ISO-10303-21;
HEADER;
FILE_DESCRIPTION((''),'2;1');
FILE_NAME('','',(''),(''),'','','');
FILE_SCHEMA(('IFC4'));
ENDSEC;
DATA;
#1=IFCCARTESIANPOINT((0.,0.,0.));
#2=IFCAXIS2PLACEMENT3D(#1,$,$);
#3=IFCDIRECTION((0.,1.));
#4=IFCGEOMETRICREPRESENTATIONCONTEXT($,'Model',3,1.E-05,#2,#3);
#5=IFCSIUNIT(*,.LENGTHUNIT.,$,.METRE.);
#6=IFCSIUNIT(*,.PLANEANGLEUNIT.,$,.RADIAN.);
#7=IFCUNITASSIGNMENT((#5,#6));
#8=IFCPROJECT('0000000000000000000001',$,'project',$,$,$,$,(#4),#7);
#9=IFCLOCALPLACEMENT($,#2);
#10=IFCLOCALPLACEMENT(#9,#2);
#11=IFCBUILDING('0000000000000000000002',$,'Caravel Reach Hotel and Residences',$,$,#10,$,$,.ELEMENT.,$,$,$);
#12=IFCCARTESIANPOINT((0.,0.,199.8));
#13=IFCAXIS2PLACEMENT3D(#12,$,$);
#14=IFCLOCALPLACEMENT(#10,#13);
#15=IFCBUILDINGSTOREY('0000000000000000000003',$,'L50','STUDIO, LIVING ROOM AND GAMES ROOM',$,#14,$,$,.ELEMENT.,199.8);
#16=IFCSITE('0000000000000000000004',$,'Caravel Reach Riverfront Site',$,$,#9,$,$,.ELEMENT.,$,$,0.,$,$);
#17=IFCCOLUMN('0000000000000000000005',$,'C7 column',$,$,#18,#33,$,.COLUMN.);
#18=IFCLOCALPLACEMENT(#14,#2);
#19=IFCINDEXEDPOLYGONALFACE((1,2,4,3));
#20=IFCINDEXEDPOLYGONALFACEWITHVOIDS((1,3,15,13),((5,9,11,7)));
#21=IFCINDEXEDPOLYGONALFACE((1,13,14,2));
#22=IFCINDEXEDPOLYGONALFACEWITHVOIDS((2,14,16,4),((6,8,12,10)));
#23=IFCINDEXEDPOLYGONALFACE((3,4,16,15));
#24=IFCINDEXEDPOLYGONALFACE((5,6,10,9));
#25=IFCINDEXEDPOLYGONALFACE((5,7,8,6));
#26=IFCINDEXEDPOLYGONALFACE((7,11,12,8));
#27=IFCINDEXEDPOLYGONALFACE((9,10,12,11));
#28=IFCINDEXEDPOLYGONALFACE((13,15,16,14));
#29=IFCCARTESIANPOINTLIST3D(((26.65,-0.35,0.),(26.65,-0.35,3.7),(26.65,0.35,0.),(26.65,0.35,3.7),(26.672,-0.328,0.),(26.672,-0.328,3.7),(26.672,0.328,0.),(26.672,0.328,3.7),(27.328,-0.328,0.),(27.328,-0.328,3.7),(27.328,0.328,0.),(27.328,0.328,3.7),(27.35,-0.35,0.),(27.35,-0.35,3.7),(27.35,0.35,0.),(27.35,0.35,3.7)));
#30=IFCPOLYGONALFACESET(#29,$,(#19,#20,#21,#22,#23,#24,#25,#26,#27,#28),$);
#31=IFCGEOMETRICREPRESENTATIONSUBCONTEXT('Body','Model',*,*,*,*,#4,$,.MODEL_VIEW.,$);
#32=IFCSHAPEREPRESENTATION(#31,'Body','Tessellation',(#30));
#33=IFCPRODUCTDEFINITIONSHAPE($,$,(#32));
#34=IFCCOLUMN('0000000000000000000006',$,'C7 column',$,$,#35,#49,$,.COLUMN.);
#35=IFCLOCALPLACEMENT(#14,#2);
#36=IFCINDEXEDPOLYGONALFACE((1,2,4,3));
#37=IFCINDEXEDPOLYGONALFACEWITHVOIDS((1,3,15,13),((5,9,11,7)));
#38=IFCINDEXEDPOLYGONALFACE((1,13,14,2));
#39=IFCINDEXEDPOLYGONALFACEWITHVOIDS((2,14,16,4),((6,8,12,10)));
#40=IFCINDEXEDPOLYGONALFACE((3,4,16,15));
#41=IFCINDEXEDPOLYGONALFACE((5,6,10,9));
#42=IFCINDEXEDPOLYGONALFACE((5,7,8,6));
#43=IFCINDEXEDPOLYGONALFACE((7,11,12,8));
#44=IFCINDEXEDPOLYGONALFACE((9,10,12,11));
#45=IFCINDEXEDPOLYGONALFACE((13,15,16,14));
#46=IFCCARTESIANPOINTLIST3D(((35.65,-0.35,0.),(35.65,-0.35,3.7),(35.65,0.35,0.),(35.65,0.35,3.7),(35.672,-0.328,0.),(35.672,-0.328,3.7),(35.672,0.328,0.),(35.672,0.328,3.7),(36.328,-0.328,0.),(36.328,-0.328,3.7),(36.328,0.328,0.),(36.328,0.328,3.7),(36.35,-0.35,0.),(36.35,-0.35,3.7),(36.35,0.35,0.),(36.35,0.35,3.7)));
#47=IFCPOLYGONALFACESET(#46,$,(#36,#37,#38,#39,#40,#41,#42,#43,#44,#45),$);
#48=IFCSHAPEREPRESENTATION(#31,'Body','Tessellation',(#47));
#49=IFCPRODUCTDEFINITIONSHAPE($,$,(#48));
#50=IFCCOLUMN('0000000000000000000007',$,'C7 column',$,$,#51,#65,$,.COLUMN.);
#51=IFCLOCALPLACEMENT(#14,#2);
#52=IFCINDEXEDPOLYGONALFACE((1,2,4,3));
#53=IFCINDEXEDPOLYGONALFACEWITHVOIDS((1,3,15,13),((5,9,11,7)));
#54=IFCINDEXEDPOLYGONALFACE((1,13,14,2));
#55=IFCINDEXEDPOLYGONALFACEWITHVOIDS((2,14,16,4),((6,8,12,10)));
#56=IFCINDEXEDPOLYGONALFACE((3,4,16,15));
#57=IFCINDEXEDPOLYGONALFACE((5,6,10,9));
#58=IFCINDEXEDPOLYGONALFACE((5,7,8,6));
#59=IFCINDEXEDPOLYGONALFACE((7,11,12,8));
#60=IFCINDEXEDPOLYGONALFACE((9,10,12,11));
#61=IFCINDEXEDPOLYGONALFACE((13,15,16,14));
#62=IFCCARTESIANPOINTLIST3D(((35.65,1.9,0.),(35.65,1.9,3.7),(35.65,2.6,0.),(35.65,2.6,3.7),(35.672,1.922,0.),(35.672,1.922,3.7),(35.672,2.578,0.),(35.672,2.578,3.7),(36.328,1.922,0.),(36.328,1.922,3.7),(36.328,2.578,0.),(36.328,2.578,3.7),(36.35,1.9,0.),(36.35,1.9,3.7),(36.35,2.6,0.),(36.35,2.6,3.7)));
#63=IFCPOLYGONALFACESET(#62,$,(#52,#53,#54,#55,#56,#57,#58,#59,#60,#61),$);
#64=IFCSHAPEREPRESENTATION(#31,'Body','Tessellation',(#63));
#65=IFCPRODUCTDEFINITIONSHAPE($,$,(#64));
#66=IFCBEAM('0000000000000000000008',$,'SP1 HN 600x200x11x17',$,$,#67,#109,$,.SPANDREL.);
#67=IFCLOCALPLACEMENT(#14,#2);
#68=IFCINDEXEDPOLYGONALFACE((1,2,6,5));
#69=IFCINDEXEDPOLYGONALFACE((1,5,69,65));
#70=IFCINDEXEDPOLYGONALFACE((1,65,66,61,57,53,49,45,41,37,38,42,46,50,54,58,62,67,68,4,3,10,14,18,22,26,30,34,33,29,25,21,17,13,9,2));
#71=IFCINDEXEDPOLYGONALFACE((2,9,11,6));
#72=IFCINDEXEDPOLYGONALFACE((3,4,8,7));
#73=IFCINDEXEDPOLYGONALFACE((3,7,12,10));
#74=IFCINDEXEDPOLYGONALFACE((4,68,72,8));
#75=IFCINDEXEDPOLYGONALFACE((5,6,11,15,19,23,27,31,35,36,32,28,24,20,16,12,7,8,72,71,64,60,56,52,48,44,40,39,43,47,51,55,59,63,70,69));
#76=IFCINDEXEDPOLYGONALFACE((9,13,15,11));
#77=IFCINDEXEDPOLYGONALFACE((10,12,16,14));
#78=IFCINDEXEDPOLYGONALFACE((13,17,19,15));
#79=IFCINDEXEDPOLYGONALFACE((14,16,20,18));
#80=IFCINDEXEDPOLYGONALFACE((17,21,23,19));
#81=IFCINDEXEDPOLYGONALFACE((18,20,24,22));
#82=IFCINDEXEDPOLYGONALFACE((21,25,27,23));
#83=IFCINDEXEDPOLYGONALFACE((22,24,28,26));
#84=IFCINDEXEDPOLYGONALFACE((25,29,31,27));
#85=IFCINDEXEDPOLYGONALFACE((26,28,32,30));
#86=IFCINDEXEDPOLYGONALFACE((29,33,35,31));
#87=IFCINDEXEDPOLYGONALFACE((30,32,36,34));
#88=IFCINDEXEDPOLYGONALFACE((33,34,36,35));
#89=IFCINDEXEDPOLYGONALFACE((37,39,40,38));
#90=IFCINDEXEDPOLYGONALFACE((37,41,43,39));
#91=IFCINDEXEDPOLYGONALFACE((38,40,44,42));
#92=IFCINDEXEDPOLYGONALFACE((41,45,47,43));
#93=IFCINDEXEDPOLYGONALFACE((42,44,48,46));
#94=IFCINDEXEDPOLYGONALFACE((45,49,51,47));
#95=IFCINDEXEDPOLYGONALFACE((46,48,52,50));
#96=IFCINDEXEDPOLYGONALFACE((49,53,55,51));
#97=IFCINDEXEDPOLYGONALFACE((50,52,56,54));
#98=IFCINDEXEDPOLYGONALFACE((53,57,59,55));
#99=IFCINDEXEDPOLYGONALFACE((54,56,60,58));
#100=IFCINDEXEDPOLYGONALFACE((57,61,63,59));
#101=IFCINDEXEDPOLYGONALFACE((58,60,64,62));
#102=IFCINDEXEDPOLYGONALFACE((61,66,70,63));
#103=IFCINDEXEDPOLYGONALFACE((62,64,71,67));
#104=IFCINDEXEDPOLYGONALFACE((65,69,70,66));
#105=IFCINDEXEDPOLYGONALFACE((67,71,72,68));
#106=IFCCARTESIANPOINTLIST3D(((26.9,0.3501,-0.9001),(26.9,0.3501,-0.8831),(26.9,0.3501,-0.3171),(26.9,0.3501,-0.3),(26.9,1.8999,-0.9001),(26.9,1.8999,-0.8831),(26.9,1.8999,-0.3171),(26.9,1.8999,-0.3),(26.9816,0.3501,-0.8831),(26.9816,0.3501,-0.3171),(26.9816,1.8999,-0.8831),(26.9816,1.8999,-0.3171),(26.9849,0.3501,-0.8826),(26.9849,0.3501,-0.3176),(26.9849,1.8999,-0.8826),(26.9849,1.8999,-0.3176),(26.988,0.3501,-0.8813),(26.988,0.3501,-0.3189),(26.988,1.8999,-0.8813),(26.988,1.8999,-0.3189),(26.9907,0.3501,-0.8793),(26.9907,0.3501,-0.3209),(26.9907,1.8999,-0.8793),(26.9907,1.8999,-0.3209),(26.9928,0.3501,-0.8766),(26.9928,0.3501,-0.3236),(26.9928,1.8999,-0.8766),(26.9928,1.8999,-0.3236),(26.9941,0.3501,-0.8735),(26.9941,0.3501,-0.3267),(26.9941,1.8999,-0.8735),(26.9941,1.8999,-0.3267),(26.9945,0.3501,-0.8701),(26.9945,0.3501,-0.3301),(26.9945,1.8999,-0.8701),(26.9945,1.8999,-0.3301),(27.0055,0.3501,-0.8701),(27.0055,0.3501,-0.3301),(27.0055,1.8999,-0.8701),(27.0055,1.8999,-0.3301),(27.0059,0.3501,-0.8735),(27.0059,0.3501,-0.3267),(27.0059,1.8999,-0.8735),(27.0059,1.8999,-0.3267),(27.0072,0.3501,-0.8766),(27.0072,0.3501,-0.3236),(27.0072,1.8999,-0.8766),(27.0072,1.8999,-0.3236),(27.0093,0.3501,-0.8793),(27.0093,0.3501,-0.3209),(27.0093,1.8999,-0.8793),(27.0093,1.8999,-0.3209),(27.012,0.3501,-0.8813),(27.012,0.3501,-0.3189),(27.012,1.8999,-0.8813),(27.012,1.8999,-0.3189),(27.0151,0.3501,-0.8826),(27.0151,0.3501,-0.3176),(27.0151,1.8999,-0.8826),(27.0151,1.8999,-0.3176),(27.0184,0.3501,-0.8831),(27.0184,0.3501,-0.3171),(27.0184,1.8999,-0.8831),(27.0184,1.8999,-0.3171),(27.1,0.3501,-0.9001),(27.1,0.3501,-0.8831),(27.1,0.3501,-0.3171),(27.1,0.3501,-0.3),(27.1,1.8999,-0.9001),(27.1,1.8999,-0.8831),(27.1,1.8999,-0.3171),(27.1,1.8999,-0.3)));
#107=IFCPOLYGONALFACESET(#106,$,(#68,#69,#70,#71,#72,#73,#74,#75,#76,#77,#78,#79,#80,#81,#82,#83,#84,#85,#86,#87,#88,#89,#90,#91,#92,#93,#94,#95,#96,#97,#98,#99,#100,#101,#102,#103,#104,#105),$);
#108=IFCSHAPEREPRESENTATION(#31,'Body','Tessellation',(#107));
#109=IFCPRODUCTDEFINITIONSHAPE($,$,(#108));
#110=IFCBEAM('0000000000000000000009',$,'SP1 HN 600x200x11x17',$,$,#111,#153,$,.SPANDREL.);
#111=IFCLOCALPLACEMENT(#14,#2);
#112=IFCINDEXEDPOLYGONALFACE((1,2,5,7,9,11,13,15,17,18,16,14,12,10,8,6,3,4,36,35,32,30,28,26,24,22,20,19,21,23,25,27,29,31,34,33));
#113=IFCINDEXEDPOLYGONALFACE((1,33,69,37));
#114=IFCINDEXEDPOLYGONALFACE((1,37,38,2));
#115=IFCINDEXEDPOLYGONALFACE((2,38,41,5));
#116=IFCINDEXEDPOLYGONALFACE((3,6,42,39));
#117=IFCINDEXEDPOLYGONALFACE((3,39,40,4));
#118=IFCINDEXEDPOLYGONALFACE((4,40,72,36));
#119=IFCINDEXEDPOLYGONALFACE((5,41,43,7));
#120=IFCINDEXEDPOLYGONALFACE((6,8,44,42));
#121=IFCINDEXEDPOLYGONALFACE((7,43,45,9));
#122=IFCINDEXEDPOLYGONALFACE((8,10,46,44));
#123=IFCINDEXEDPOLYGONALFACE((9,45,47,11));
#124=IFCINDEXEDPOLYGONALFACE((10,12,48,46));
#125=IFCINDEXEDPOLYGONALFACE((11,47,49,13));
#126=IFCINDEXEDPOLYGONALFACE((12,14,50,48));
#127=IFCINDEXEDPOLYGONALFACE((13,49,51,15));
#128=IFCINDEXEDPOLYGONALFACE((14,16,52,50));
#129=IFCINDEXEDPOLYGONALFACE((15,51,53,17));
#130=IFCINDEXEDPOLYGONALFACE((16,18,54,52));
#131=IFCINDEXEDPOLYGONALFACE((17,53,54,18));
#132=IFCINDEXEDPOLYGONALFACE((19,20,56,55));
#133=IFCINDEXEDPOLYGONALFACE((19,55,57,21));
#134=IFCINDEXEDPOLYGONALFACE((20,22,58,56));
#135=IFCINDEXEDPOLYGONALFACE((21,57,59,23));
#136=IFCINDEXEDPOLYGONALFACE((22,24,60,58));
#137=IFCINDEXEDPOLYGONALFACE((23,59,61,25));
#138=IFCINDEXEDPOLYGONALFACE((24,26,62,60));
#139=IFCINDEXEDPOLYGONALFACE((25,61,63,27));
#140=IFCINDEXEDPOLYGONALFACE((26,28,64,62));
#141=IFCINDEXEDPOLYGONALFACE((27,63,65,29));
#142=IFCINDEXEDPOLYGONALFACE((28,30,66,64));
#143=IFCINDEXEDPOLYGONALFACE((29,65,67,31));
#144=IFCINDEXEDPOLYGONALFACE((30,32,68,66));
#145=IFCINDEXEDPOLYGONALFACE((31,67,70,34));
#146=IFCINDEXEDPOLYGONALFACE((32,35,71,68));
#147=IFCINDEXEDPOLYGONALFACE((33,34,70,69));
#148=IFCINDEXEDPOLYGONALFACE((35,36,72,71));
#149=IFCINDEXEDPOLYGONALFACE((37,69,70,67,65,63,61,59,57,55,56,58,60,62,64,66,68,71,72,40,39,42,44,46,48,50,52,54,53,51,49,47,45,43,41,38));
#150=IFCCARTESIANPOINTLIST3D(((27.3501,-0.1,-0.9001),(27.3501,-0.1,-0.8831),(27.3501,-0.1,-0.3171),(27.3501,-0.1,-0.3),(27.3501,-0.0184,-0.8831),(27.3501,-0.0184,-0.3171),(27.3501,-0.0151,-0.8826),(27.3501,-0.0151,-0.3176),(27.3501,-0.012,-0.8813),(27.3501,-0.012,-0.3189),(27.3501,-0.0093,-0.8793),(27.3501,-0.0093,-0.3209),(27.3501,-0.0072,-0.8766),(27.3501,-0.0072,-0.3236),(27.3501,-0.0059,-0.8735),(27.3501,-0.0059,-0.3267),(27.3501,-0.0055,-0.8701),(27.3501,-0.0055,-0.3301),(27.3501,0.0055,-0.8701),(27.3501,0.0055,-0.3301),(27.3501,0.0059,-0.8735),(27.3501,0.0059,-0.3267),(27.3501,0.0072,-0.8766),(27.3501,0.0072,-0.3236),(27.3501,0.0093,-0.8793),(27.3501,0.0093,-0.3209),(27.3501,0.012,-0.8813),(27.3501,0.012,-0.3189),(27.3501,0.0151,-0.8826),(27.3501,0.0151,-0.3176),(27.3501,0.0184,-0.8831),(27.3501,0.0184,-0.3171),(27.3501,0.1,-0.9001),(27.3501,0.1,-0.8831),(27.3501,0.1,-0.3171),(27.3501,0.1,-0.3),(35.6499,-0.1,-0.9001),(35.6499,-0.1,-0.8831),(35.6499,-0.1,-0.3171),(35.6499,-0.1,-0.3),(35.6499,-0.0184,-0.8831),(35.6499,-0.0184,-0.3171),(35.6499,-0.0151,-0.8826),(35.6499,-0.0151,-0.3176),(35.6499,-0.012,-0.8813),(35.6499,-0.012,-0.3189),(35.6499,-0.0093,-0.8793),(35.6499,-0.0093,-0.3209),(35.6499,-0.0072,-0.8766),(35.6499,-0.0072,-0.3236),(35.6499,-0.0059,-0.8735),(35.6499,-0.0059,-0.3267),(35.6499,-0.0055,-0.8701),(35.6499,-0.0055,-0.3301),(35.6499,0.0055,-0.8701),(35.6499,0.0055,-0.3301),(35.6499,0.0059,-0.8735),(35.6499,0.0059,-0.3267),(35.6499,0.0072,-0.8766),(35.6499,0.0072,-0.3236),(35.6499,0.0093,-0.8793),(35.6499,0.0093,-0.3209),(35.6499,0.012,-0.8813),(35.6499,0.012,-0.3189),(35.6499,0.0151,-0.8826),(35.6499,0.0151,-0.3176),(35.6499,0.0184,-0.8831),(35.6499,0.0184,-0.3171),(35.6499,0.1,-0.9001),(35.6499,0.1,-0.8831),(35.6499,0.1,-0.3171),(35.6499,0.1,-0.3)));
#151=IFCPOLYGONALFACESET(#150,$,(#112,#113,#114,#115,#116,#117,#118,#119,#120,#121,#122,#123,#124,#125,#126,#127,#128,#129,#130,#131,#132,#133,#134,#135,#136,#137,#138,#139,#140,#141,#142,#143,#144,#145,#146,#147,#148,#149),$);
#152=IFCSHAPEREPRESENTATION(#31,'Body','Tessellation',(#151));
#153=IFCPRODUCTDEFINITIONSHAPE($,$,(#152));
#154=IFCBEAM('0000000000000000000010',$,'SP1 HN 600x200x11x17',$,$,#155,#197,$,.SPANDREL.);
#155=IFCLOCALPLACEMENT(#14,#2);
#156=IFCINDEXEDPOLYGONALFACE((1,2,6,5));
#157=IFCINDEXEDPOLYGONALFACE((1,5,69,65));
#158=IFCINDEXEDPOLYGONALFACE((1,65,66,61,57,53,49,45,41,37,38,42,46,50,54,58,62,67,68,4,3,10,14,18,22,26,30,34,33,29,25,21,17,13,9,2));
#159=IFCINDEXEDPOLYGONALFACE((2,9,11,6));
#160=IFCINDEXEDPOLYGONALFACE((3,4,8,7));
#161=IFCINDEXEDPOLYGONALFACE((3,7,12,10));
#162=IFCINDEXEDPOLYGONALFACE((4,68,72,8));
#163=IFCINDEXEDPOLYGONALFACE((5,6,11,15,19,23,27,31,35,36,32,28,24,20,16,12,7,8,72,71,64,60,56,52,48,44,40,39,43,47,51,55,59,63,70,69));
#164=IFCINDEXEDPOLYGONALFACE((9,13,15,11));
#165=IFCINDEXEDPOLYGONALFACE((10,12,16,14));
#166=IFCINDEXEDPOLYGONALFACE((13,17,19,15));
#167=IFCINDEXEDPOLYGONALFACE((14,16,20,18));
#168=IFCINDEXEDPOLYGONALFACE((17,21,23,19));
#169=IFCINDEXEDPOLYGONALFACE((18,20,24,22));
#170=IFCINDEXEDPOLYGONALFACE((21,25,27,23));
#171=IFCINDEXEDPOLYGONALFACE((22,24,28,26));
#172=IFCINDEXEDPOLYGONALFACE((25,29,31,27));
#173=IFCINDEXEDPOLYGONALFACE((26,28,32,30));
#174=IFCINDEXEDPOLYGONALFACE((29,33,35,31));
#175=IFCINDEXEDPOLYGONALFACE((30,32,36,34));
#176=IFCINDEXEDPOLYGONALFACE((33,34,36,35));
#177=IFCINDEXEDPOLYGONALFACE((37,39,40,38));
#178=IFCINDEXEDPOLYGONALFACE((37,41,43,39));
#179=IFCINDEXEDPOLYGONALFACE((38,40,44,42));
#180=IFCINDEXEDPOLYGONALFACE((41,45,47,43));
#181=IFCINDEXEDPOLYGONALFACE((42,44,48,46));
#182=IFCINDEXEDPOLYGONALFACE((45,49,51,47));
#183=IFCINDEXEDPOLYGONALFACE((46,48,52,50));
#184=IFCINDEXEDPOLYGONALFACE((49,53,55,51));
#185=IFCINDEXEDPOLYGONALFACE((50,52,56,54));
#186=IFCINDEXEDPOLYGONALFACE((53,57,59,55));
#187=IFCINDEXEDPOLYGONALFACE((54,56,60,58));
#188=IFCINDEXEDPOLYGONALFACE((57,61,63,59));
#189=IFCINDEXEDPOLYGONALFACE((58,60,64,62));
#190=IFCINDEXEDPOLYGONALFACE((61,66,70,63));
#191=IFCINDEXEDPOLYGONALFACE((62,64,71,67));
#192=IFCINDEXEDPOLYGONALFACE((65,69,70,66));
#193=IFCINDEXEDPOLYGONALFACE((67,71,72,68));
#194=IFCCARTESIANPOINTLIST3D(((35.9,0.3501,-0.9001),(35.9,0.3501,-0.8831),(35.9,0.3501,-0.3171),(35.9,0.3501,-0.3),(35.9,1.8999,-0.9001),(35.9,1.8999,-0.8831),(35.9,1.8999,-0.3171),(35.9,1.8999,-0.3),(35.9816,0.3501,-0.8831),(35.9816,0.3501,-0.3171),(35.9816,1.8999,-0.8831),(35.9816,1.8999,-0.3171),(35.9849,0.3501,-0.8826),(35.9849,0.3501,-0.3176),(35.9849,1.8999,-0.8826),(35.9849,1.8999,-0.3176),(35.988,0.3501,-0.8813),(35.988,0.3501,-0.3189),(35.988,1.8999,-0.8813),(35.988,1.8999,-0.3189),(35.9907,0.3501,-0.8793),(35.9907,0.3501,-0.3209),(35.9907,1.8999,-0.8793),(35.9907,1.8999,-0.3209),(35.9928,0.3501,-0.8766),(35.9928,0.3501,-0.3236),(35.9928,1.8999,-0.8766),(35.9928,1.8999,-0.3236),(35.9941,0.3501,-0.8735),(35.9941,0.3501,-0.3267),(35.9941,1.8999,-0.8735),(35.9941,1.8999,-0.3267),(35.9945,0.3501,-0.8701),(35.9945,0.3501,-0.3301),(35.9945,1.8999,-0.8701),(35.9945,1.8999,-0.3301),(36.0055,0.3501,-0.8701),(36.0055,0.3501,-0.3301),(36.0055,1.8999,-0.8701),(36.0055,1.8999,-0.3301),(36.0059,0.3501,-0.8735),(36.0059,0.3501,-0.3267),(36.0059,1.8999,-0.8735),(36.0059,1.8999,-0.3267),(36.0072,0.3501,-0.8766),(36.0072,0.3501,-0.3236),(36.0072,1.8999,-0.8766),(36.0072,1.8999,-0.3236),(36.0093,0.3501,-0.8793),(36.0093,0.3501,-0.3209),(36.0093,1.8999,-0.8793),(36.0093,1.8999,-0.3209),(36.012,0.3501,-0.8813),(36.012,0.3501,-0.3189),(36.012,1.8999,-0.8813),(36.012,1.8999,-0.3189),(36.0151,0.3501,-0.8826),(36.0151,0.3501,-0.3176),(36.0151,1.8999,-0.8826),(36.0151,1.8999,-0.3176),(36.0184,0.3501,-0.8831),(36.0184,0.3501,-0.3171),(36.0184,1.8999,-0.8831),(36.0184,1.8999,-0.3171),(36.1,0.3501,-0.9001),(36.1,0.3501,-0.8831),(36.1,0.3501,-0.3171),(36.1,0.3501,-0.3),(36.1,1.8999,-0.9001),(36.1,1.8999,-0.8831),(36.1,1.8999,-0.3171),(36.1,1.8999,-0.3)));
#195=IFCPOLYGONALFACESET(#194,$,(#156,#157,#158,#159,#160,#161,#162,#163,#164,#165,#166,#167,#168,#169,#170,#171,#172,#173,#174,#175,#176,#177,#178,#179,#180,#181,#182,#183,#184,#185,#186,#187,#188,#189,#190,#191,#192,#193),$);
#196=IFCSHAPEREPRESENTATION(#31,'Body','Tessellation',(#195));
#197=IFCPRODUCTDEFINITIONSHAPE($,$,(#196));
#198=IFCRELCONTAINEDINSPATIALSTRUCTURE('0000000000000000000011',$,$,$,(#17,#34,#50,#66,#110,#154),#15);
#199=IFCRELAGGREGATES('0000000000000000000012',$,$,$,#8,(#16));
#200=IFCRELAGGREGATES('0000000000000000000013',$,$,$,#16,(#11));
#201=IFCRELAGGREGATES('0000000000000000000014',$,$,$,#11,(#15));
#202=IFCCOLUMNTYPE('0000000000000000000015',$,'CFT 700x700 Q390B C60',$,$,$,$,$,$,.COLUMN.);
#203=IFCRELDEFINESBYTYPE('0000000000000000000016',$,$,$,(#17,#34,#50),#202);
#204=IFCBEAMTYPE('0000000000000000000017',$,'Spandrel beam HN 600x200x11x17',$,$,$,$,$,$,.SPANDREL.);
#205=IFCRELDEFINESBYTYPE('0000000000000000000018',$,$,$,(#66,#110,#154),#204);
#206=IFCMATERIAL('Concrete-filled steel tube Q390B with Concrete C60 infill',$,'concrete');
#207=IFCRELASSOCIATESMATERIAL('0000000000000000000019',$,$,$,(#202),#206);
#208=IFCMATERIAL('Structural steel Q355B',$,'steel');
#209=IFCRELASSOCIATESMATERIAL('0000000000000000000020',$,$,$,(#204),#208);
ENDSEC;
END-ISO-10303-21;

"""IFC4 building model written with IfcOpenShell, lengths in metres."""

from ifc_helpers import new_model, si_unit, direction, frame, origin, origin_2d, place, context, subcontext, project, spatial, hollow_rectangle, i_section, extrude, material, material_profile, profile_set, type_object, element, save


model = new_model("IFC4")

# Units and contexts
model_context = context("Model", 3, precision=1e-05, world=origin(), true_north=direction((0.0, 1.0)))
body_context = subcontext(model_context, "Body", "Model", "MODEL_VIEW")
ifc_project = project(units=[si_unit("LENGTHUNIT", "METRE"), si_unit("PLANEANGLEUNIT", "RADIAN")], contexts=[model_context])

# Site, building, storey
site_placement = place(None, origin())
site = spatial("IfcSite", under=ifc_project, at=site_placement, Name="Caravel Reach Riverfront Site", CompositionType="ELEMENT", RefElevation=0.0)
building_placement = place(site_placement, origin())
building = spatial("IfcBuilding", under=site, at=building_placement, Name="Caravel Reach Hotel and Residences", CompositionType="ELEMENT")
storey_placement = place(building_placement, frame((0.0, 0.0, 199.8)))
storey = spatial("IfcBuildingStorey", under=building, at=storey_placement, Name="L50", Description="STUDIO, LIVING ROOM AND GAMES ROOM", CompositionType="ELEMENT", Elevation=199.8)

# Columns
ifc_material_1 = material(Name="Concrete-filled steel tube Q390B with Concrete C60 infill", Category="concrete")
ifc_material_profile_1 = material_profile(ifc_material_1, hollow_rectangle(XDim=0.7, YDim=0.7, WallThickness=0.022, at=origin_2d()), Name="RHS 700x700x22")
ifc_profile_set_1 = profile_set([ifc_material_profile_1], Name="Concrete-filled steel tube Q390B with Concrete C60 infill")
column_type = type_object("IfcColumnType", Name="CFT 700x700 Q390B C60", PredefinedType="COLUMN", material=ifc_profile_set_1)
for number, where, z_axis, x_axis, name in (
    (1, (27.0, 0.0, 0.0), (0.0, 0.0, 1.0), (1.0, 0.0, 0.0), "C7 column"),
    (2, (36.0, 0.0, 0.0), (0.0, 0.0, 1.0), (1.0, 0.0, 0.0), "C7 column"),
    (3, (36.0, 2.25, 0.0), (0.0, 0.0, 1.0), (1.0, 0.0, 0.0), "C7 column"),
):
    element("IfcColumn", number, at=place(storey_placement, frame(where, z_axis=z_axis, x_axis=x_axis)), inside=storey, type_object=column_type, Name=name, PredefinedType="COLUMN", context=body_context, shape_type="SweptSolid", body=[
        extrude(hollow_rectangle(XDim=0.7, YDim=0.7, WallThickness=0.022, at=origin_2d()), origin(), (0.0, 0.0, 1.0), 3.7),
    ])

# Beams
ifc_material_2 = material(Name="Structural steel Q355B", Category="steel")
ifc_material_profile_2 = material_profile(ifc_material_2, i_section(OverallWidth=0.2, OverallDepth=0.6001, WebThickness=0.011, FlangeThickness=0.0171, FilletRadius=0.0129, at=origin_2d()), Name="HN 600x200x11x17")
ifc_profile_set_2 = profile_set([ifc_material_profile_2], Name="Structural steel Q355B")
beam_type = type_object("IfcBeamType", Name="Spandrel beam HN 600x200x11x17", PredefinedType="SPANDREL", material=ifc_profile_set_2)
beam_1_placement = place(storey_placement, frame((27.0, 1.8999, -0.6001), z_axis=(0.0, -1.0, 0.0), x_axis=(1.0, 0.0, 0.0)))
element("IfcBeam", 4, at=beam_1_placement, inside=storey, type_object=beam_type, Name="SP1 HN 600x200x11x17", PredefinedType="SPANDREL", context=body_context, shape_type="SweptSolid", body=[
    extrude(i_section(OverallWidth=0.2, OverallDepth=0.6001, WebThickness=0.011, FlangeThickness=0.0171, FilletRadius=0.0129, at=origin_2d()), origin(), (0.0, 0.0, 1.0), 1.5498),
])
beam_2_placement = place(storey_placement, frame((27.3501, 0.0, -0.6001), z_axis=(1.0, 0.0, 0.0), x_axis=(0.0, 1.0, 0.0)))
element("IfcBeam", 5, at=beam_2_placement, inside=storey, type_object=beam_type, Name="SP1 HN 600x200x11x17", PredefinedType="SPANDREL", context=body_context, shape_type="SweptSolid", body=[
    extrude(i_section(OverallWidth=0.2, OverallDepth=0.6001, WebThickness=0.011, FlangeThickness=0.0171, FilletRadius=0.0129, at=origin_2d()), origin(), (0.0, 0.0, 1.0), 8.2998),
])
beam_3_placement = place(storey_placement, frame((36.0, 0.3501, -0.6001), z_axis=(0.0, 1.0, 0.0), x_axis=(-1.0, 0.0, 0.0)))
element("IfcBeam", 6, at=beam_3_placement, inside=storey, type_object=beam_type, Name="SP1 HN 600x200x11x17", PredefinedType="SPANDREL", context=body_context, shape_type="SweptSolid", body=[
    extrude(i_section(OverallWidth=0.2, OverallDepth=0.6001, WebThickness=0.011, FlangeThickness=0.0171, FilletRadius=0.0129, at=origin_2d()), origin(), (0.0, 0.0, 1.0), 1.5498),
])

save(model, "model.ifc")
